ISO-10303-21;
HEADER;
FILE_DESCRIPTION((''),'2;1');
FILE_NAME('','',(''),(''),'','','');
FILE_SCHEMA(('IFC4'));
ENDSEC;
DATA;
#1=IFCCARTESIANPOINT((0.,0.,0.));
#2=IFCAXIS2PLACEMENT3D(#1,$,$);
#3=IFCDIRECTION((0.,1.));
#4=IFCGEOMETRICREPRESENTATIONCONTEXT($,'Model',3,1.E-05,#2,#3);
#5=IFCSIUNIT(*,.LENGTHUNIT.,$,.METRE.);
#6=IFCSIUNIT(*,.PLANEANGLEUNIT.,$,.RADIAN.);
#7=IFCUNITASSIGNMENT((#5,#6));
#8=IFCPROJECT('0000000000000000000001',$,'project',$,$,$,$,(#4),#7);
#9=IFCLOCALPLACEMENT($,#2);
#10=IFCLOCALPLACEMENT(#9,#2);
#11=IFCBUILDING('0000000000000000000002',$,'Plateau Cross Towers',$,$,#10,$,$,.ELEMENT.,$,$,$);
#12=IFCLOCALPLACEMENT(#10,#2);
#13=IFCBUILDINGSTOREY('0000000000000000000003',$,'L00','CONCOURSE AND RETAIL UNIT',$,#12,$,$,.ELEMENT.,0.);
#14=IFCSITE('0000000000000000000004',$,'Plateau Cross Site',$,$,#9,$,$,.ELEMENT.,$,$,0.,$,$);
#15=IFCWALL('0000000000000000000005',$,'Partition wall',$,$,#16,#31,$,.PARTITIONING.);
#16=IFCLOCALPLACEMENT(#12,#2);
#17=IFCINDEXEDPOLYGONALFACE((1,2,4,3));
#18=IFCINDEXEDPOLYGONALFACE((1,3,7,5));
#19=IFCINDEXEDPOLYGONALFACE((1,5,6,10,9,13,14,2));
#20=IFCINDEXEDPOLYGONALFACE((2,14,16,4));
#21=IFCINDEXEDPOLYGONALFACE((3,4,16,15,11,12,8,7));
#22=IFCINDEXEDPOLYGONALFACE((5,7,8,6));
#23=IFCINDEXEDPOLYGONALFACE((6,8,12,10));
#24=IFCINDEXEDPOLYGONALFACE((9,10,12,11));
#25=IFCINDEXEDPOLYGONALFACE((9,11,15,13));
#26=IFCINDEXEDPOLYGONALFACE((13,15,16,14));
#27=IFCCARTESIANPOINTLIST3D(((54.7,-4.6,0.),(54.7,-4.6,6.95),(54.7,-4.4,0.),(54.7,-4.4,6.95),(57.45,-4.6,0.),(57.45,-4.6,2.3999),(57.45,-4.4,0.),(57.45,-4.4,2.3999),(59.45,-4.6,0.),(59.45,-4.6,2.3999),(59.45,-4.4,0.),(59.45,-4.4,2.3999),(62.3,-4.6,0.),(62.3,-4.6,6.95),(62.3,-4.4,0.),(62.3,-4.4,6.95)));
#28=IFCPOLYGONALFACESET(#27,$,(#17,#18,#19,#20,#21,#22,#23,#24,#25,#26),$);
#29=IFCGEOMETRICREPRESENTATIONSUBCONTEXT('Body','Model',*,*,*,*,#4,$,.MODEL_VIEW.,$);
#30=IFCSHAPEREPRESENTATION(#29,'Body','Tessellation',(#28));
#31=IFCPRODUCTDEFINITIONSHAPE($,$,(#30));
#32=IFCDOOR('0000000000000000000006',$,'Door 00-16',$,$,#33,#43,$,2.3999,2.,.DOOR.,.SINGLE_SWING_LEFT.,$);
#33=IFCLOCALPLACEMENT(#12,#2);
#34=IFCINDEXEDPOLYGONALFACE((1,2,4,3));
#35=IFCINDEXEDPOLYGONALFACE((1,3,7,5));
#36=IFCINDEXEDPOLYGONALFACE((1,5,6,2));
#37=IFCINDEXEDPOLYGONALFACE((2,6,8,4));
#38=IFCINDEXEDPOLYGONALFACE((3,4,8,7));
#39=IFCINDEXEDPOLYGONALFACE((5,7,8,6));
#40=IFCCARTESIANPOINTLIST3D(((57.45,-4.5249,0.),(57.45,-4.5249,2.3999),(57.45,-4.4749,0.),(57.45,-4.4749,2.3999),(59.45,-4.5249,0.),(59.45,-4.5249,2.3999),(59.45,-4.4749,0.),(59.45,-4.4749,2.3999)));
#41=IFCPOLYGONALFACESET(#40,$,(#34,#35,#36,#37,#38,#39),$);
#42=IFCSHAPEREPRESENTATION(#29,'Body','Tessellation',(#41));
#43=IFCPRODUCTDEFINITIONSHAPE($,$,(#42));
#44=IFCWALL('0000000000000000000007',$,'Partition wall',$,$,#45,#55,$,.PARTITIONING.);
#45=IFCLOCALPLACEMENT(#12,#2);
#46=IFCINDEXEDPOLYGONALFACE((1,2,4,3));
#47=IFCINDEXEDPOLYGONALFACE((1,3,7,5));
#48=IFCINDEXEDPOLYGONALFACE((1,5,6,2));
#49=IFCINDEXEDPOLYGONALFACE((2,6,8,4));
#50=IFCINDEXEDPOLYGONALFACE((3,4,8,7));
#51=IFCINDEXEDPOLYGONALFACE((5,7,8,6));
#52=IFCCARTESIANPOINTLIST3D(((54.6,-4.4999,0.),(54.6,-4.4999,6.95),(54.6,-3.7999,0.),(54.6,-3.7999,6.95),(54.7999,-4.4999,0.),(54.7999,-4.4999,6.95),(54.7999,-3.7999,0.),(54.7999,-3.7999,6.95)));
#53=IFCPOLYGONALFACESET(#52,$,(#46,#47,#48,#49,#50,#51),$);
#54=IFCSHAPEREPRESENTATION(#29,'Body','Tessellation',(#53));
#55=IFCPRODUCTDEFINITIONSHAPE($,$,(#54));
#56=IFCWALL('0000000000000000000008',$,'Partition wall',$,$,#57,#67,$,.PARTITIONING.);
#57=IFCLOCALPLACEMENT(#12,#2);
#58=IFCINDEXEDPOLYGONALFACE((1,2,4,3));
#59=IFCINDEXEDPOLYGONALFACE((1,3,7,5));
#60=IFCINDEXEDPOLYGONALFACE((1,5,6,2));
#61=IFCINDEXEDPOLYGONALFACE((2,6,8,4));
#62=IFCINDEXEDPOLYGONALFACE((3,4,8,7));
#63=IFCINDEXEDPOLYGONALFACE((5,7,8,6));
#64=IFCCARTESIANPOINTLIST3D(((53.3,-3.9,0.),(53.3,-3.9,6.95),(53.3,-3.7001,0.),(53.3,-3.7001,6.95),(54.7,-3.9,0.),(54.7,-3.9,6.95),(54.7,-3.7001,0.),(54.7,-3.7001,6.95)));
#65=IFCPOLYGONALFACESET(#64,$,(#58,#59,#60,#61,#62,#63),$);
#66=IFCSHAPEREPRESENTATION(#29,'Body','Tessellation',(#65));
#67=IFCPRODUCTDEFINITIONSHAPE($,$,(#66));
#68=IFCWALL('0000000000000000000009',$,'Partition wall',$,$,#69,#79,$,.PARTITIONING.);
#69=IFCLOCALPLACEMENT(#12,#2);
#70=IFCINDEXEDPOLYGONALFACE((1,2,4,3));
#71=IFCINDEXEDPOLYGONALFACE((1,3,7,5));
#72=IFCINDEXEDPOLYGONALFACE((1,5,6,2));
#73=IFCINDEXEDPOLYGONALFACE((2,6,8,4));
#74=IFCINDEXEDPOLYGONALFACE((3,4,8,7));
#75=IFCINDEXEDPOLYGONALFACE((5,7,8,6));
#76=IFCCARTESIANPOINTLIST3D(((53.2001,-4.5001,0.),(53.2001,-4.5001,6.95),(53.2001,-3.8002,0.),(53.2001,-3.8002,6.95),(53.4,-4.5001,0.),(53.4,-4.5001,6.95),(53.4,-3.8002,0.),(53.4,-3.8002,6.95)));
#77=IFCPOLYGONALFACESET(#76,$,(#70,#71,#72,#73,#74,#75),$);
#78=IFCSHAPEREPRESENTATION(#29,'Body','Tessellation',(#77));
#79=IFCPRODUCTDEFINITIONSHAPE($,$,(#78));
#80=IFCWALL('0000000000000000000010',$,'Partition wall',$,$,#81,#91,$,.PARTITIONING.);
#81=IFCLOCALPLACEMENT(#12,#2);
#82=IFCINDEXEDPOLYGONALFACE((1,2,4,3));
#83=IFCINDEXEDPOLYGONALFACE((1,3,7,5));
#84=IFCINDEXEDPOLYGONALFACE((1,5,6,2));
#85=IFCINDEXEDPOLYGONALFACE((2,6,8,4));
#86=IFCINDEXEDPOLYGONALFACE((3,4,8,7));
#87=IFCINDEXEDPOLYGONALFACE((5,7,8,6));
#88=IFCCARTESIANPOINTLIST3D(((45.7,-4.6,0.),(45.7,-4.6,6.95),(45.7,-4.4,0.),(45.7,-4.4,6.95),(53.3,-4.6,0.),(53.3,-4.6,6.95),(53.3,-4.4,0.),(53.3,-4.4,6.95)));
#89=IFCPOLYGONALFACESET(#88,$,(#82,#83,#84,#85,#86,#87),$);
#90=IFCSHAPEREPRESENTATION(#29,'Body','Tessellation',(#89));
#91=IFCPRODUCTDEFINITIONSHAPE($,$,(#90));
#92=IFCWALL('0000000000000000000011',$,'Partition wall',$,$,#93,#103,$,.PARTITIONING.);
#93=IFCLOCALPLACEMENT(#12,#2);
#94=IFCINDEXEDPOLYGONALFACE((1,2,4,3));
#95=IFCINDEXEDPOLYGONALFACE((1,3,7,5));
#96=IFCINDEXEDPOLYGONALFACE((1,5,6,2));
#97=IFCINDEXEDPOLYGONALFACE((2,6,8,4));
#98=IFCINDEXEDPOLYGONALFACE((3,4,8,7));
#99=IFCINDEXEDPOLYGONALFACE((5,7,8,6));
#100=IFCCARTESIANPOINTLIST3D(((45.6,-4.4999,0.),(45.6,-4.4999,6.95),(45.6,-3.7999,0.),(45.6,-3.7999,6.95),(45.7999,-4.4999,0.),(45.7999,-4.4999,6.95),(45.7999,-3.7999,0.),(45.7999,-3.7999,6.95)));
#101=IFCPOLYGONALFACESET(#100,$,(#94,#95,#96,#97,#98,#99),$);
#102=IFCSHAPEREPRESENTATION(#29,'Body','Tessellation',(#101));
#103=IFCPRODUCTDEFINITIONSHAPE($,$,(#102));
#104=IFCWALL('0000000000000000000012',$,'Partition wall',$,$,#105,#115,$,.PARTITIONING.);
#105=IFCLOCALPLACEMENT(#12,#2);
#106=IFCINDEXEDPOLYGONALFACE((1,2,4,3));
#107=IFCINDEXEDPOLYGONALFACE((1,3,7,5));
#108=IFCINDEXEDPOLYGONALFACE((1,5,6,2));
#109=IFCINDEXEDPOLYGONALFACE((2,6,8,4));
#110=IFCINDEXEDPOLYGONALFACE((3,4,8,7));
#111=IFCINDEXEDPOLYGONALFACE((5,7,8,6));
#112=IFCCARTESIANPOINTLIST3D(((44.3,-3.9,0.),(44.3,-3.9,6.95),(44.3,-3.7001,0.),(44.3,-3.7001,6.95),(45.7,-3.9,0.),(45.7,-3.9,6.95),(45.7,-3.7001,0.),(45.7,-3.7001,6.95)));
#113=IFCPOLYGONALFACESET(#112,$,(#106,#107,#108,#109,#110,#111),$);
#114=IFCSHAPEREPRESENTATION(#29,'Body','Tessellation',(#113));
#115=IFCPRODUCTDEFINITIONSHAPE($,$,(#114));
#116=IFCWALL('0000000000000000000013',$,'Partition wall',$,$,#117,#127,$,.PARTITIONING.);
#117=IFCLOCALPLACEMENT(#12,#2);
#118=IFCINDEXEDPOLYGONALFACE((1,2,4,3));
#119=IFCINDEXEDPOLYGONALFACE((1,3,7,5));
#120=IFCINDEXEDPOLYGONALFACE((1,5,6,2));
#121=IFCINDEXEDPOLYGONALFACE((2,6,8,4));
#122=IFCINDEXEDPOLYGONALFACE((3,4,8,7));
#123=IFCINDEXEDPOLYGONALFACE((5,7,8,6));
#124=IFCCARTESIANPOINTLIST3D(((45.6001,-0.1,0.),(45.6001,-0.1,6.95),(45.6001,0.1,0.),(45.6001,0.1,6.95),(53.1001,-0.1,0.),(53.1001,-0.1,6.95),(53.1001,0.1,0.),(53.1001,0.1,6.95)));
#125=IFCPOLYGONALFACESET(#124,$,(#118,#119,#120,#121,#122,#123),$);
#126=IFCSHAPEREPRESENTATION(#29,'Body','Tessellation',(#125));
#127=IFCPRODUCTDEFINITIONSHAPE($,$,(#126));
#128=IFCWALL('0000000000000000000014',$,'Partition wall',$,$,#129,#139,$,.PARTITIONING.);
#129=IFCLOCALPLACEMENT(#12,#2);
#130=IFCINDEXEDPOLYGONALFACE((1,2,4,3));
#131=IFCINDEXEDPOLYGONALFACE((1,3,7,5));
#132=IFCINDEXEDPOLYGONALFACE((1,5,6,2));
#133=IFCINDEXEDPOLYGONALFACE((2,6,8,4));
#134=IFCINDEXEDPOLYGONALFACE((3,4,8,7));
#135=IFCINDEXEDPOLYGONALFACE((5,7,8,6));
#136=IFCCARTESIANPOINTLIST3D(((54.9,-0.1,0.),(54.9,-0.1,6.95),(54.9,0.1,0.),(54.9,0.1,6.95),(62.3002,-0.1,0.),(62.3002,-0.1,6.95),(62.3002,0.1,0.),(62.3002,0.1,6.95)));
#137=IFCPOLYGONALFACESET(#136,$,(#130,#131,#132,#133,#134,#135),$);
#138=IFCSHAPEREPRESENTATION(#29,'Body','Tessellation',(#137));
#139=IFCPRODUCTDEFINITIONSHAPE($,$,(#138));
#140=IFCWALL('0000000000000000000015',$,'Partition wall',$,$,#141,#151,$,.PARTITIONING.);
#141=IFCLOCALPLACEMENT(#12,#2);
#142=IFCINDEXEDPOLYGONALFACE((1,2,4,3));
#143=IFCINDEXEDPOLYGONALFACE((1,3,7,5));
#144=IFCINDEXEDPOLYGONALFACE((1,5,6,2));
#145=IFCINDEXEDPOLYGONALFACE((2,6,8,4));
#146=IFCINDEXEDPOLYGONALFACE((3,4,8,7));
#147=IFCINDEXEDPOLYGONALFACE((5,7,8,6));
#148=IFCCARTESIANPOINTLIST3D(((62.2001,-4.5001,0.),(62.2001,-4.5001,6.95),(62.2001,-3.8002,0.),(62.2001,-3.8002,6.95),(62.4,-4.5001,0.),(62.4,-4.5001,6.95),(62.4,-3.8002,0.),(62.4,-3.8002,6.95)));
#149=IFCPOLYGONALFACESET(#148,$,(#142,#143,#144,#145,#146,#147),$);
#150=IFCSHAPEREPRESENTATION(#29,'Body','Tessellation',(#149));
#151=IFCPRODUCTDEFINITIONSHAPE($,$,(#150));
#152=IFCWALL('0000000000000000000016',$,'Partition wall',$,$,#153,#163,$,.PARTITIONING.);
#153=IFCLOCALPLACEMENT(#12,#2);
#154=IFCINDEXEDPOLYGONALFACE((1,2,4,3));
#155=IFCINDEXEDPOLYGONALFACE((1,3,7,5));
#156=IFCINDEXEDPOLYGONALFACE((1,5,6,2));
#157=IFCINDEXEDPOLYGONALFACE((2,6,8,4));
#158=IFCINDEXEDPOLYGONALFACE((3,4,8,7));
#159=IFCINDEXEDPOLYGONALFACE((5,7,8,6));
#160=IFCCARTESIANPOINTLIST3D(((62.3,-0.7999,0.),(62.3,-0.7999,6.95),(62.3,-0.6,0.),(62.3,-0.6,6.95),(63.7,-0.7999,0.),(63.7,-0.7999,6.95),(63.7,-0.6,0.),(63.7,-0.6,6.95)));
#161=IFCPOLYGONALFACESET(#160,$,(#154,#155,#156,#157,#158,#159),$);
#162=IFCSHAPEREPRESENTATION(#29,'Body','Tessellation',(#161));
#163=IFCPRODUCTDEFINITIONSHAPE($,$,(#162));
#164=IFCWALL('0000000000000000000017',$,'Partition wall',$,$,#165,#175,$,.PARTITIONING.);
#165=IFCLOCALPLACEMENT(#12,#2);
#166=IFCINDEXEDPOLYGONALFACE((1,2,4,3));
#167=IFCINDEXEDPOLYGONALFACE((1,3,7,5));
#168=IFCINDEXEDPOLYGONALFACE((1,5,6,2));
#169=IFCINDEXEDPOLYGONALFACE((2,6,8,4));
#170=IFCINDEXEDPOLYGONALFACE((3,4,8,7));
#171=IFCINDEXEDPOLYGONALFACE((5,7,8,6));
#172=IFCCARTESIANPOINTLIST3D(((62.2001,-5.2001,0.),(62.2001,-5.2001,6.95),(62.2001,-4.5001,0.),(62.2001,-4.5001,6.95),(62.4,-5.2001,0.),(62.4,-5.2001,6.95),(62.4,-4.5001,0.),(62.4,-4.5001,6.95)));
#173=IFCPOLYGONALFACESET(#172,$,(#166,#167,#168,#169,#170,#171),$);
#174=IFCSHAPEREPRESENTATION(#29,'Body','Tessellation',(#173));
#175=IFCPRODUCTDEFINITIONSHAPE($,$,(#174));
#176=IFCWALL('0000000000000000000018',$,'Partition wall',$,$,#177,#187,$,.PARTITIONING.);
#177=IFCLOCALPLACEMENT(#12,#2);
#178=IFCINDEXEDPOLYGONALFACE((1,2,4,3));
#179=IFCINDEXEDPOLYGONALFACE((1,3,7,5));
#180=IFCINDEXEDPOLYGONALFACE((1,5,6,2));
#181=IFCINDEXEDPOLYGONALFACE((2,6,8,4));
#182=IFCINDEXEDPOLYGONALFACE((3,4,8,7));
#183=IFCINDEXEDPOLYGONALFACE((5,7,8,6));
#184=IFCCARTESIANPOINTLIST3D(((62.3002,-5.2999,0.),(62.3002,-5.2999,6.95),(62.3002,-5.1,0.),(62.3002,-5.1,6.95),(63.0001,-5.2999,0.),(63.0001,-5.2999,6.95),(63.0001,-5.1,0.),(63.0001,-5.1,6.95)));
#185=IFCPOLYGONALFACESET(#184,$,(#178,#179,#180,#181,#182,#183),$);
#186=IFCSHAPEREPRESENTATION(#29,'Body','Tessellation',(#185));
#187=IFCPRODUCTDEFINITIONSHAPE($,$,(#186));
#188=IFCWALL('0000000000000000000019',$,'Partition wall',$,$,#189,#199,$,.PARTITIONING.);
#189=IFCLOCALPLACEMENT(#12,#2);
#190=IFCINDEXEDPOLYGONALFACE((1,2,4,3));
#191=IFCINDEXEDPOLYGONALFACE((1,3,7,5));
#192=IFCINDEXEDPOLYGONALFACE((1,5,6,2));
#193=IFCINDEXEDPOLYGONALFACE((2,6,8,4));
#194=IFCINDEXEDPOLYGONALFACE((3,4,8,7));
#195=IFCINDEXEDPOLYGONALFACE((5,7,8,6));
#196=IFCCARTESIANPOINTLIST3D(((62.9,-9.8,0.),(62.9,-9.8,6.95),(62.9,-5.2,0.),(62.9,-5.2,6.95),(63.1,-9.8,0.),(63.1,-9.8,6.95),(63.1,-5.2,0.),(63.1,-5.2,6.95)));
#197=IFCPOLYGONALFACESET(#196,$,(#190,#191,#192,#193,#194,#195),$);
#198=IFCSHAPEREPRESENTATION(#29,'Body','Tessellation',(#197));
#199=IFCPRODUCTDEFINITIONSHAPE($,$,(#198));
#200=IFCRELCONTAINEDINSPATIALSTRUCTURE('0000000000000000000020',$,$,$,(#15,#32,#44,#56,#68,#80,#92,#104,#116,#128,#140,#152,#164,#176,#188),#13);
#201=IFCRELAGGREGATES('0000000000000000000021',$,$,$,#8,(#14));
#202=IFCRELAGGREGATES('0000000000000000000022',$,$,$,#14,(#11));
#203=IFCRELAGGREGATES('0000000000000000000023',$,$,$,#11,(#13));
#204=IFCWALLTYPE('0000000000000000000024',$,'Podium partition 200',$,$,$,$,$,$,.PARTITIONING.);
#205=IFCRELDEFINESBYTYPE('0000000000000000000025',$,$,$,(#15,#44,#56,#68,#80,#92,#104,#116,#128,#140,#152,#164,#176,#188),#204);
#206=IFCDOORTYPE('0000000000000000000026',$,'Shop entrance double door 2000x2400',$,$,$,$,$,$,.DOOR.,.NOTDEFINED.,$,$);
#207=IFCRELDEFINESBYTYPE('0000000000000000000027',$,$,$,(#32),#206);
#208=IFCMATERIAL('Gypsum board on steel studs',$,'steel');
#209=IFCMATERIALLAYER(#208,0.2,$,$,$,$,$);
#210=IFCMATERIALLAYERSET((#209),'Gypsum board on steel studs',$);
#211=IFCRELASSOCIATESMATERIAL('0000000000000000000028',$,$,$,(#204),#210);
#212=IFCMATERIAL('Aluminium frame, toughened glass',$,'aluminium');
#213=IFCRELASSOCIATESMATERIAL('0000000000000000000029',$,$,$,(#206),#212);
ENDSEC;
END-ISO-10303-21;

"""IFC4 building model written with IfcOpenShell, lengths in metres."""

from ifc_helpers import new_model, si_unit, direction, frame, frame_2d, origin, place, context, subcontext, project, spatial, rectangle, extrude, material, layer, layer_set, type_object, element, fill, save


model = new_model("IFC4")

# Units and contexts
model_context = context("Model", 3, precision=1e-05, world=origin(), true_north=direction((0.0, 1.0)))
body_context = subcontext(model_context, "Body", "Model", "MODEL_VIEW")
ifc_project = project(units=[si_unit("LENGTHUNIT", "METRE"), si_unit("PLANEANGLEUNIT", "RADIAN")], contexts=[model_context])

# Site, building, storey
site_placement = place(None, origin())
site = spatial("IfcSite", under=ifc_project, at=site_placement, Name="Plateau Cross Site", CompositionType="ELEMENT", RefElevation=0.0)
building_placement = place(site_placement, origin())
building = spatial("IfcBuilding", under=site, at=building_placement, Name="Plateau Cross Towers", CompositionType="ELEMENT")
storey_placement = place(building_placement, origin())
storey = spatial("IfcBuildingStorey", under=building, at=storey_placement, Name="L00", Description="CONCOURSE AND RETAIL UNIT", CompositionType="ELEMENT", Elevation=0.0)

# Wall, opening, door
ifc_material_1 = material(Name="Gypsum board on steel studs", Category="steel")
ifc_layer_1 = layer(ifc_material_1, 0.2)
ifc_layer_set_1 = layer_set([ifc_layer_1], Name="Gypsum board on steel studs")
wall_type = type_object("IfcWallType", Name="Podium partition 200", PredefinedType="PARTITIONING", material=ifc_layer_set_1)
wall_1_placement = place(storey_placement, frame((62.3, -4.5, 0.0), z_axis=(0.0, 0.0, 1.0), x_axis=(-1.0, 0.0, 0.0)))
wall_1 = element("IfcWall", 1, at=wall_1_placement, inside=storey, type_object=wall_type, Name="Partition wall", PredefinedType="PARTITIONING", context=body_context, shape_type="SweptSolid", body=[
    extrude(rectangle(XDim=7.6001, YDim=0.2, at=frame_2d((3.8, 0.0))), origin(), (0.0, 0.0, 1.0), 6.95),
])
opening_placement = place(wall_1_placement, frame((2.8501, 0.0, 0.0)))
opening = element("IfcOpeningElement", 2, at=opening_placement, cuts=wall_1, PredefinedType="OPENING", context=body_context, shape_type="SweptSolid", body=[
    extrude(rectangle(XDim=2.0, YDim=2.3999, at=frame_2d((1.0, 1.2))), frame((0.0, 0.1099, 0.0), z_axis=(0.0, -1.0, 0.0), x_axis=(1.0, 0.0, 0.0)), (0.0, 0.0, 1.0), 0.22),
])
ifc_material_2 = material(Name="Aluminium frame, toughened glass", Category="aluminium")
door_type = type_object("IfcDoorType", Name="Shop entrance double door 2000x2400", OperationType="NOTDEFINED", PredefinedType="DOOR", material=ifc_material_2)
door_placement = place(opening_placement, origin())
door = element("IfcDoor", 3, at=door_placement, inside=storey, type_object=door_type, Name="Door 00-16", OperationType="SINGLE_SWING_LEFT", OverallHeight=2.3999, OverallWidth=2.0, PredefinedType="DOOR", context=body_context, shape_type="SweptSolid", body=[
    extrude(rectangle(XDim=2.0, YDim=2.3999, at=frame_2d((1.0, 1.2))), frame((0.0, 0.0249, 0.0), z_axis=(0.0, -1.0, 0.0), x_axis=(1.0, 0.0, 0.0)), (0.0, 0.0, 1.0), 0.05),
])
fill(opening, door)

# Walls
wall_2_placement = place(storey_placement, frame((54.7, -4.5, 0.0), z_axis=(0.0, 0.0, 1.0), x_axis=(0.0, 1.0, 0.0)))
element("IfcWall", 4, at=wall_2_placement, inside=storey, type_object=wall_type, Name="Partition wall", PredefinedType="PARTITIONING", context=body_context, shape_type="SweptSolid", body=[
    extrude(rectangle(XDim=0.7, YDim=0.2, at=frame_2d((0.3501, 0.0))), origin(), (0.0, 0.0, 1.0), 6.95),
])
wall_3_placement = place(storey_placement, frame((54.7, -3.8, 0.0), z_axis=(0.0, 0.0, 1.0), x_axis=(-1.0, 0.0, 0.0)))
element("IfcWall", 5, at=wall_3_placement, inside=storey, type_object=wall_type, Name="Partition wall", PredefinedType="PARTITIONING", context=body_context, shape_type="SweptSolid", body=[
    extrude(rectangle(XDim=1.3999, YDim=0.2, at=frame_2d((0.7, 0.0))), origin(), (0.0, 0.0, 1.0), 6.95),
])
wall_4_placement = place(storey_placement, frame((53.3, -3.8, 0.0), z_axis=(0.0, 0.0, 1.0), x_axis=(0.0, -1.0, 0.0)))
element("IfcWall", 6, at=wall_4_placement, inside=storey, type_object=wall_type, Name="Partition wall", PredefinedType="PARTITIONING", context=body_context, shape_type="SweptSolid", body=[
    extrude(rectangle(XDim=0.7, YDim=0.2, at=frame_2d((0.3501, 0.0))), origin(), (0.0, 0.0, 1.0), 6.95),
])
wall_5_placement = place(storey_placement, frame((53.3, -4.5, 0.0), z_axis=(0.0, 0.0, 1.0), x_axis=(-1.0, 0.0, 0.0)))
element("IfcWall", 7, at=wall_5_placement, inside=storey, type_object=wall_type, Name="Partition wall", PredefinedType="PARTITIONING", context=body_context, shape_type="SweptSolid", body=[
    extrude(rectangle(XDim=7.6001, YDim=0.2, at=frame_2d((3.8, 0.0))), origin(), (0.0, 0.0, 1.0), 6.95),
])
wall_6_placement = place(storey_placement, frame((45.7, -4.5, 0.0), z_axis=(0.0, 0.0, 1.0), x_axis=(0.0, 1.0, 0.0)))
element("IfcWall", 8, at=wall_6_placement, inside=storey, type_object=wall_type, Name="Partition wall", PredefinedType="PARTITIONING", context=body_context, shape_type="SweptSolid", body=[
    extrude(rectangle(XDim=0.7, YDim=0.2, at=frame_2d((0.3501, 0.0))), origin(), (0.0, 0.0, 1.0), 6.95),
])
wall_7_placement = place(storey_placement, frame((45.7, -3.8, 0.0), z_axis=(0.0, 0.0, 1.0), x_axis=(-1.0, 0.0, 0.0)))
element("IfcWall", 9, at=wall_7_placement, inside=storey, type_object=wall_type, Name="Partition wall", PredefinedType="PARTITIONING", context=body_context, shape_type="SweptSolid", body=[
    extrude(rectangle(XDim=1.3999, YDim=0.2, at=frame_2d((0.7, 0.0))), origin(), (0.0, 0.0, 1.0), 6.95),
])
wall_8_placement = place(storey_placement, frame((45.6001, 0.0, 0.0), z_axis=(0.0, 0.0, 1.0), x_axis=(1.0, 0.0, 0.0)))
element("IfcWall", 10, at=wall_8_placement, inside=storey, type_object=wall_type, Name="Partition wall", PredefinedType="PARTITIONING", context=body_context, shape_type="SweptSolid", body=[
    extrude(rectangle(XDim=7.5, YDim=0.2, at=frame_2d((3.75, 0.0))), origin(), (0.0, 0.0, 1.0), 6.95),
])
wall_9_placement = place(storey_placement, frame((54.8999, 0.0, 0.0), z_axis=(0.0, 0.0, 1.0), x_axis=(1.0, 0.0, 0.0)))
element("IfcWall", 11, at=wall_9_placement, inside=storey, type_object=wall_type, Name="Partition wall", PredefinedType="PARTITIONING", context=body_context, shape_type="SweptSolid", body=[
    extrude(rectangle(XDim=7.4001, YDim=0.2, at=frame_2d((3.7002, 0.0))), origin(), (0.0, 0.0, 1.0), 6.95),
])
wall_10_placement = place(storey_placement, frame((62.3, -3.8, 0.0), z_axis=(0.0, 0.0, 1.0), x_axis=(0.0, -1.0, 0.0)))
element("IfcWall", 12, at=wall_10_placement, inside=storey, type_object=wall_type, Name="Partition wall", PredefinedType="PARTITIONING", context=body_context, shape_type="SweptSolid", body=[
    extrude(rectangle(XDim=0.7, YDim=0.2, at=frame_2d((0.3501, 0.0))), origin(), (0.0, 0.0, 1.0), 6.95),
])
wall_11_placement = place(storey_placement, frame((62.3, -0.7, 0.0), z_axis=(0.0, 0.0, 1.0), x_axis=(1.0, 0.0, 0.0)))
element("IfcWall", 13, at=wall_11_placement, inside=storey, type_object=wall_type, Name="Partition wall", PredefinedType="PARTITIONING", context=body_context, shape_type="SweptSolid", body=[
    extrude(rectangle(XDim=1.3999, YDim=0.2, at=frame_2d((0.7, 0.0))), origin(), (0.0, 0.0, 1.0), 6.95),
])
for number, where, z_axis, x_axis, name in (
    (14, (62.3, -4.5, 0.0), (0.0, 0.0, 1.0), (0.0, -1.0, 0.0), "Partition wall"),
    (15, (62.3, -5.2, 0.0), (0.0, 0.0, 1.0), (1.0, 0.0, 0.0), "Partition wall"),
):
    element("IfcWall", number, at=place(storey_placement, frame(where, z_axis=z_axis, x_axis=x_axis)), inside=storey, type_object=wall_type, Name=name, PredefinedType="PARTITIONING", context=body_context, shape_type="SweptSolid", body=[
        extrude(rectangle(XDim=0.7, YDim=0.2, at=frame_2d((0.3501, 0.0))), origin(), (0.0, 0.0, 1.0), 6.95),
    ])
wall_12_placement = place(storey_placement, frame((63.0, -5.2, 0.0), z_axis=(0.0, 0.0, 1.0), x_axis=(0.0, -1.0, 0.0)))
element("IfcWall", 16, at=wall_12_placement, inside=storey, type_object=wall_type, Name="Partition wall", PredefinedType="PARTITIONING", context=body_context, shape_type="SweptSolid", body=[
    extrude(rectangle(XDim=4.6001, YDim=0.2, at=frame_2d((2.3, 0.0))), origin(), (0.0, 0.0, 1.0), 6.95),
])

save(model, "model.ifc")
